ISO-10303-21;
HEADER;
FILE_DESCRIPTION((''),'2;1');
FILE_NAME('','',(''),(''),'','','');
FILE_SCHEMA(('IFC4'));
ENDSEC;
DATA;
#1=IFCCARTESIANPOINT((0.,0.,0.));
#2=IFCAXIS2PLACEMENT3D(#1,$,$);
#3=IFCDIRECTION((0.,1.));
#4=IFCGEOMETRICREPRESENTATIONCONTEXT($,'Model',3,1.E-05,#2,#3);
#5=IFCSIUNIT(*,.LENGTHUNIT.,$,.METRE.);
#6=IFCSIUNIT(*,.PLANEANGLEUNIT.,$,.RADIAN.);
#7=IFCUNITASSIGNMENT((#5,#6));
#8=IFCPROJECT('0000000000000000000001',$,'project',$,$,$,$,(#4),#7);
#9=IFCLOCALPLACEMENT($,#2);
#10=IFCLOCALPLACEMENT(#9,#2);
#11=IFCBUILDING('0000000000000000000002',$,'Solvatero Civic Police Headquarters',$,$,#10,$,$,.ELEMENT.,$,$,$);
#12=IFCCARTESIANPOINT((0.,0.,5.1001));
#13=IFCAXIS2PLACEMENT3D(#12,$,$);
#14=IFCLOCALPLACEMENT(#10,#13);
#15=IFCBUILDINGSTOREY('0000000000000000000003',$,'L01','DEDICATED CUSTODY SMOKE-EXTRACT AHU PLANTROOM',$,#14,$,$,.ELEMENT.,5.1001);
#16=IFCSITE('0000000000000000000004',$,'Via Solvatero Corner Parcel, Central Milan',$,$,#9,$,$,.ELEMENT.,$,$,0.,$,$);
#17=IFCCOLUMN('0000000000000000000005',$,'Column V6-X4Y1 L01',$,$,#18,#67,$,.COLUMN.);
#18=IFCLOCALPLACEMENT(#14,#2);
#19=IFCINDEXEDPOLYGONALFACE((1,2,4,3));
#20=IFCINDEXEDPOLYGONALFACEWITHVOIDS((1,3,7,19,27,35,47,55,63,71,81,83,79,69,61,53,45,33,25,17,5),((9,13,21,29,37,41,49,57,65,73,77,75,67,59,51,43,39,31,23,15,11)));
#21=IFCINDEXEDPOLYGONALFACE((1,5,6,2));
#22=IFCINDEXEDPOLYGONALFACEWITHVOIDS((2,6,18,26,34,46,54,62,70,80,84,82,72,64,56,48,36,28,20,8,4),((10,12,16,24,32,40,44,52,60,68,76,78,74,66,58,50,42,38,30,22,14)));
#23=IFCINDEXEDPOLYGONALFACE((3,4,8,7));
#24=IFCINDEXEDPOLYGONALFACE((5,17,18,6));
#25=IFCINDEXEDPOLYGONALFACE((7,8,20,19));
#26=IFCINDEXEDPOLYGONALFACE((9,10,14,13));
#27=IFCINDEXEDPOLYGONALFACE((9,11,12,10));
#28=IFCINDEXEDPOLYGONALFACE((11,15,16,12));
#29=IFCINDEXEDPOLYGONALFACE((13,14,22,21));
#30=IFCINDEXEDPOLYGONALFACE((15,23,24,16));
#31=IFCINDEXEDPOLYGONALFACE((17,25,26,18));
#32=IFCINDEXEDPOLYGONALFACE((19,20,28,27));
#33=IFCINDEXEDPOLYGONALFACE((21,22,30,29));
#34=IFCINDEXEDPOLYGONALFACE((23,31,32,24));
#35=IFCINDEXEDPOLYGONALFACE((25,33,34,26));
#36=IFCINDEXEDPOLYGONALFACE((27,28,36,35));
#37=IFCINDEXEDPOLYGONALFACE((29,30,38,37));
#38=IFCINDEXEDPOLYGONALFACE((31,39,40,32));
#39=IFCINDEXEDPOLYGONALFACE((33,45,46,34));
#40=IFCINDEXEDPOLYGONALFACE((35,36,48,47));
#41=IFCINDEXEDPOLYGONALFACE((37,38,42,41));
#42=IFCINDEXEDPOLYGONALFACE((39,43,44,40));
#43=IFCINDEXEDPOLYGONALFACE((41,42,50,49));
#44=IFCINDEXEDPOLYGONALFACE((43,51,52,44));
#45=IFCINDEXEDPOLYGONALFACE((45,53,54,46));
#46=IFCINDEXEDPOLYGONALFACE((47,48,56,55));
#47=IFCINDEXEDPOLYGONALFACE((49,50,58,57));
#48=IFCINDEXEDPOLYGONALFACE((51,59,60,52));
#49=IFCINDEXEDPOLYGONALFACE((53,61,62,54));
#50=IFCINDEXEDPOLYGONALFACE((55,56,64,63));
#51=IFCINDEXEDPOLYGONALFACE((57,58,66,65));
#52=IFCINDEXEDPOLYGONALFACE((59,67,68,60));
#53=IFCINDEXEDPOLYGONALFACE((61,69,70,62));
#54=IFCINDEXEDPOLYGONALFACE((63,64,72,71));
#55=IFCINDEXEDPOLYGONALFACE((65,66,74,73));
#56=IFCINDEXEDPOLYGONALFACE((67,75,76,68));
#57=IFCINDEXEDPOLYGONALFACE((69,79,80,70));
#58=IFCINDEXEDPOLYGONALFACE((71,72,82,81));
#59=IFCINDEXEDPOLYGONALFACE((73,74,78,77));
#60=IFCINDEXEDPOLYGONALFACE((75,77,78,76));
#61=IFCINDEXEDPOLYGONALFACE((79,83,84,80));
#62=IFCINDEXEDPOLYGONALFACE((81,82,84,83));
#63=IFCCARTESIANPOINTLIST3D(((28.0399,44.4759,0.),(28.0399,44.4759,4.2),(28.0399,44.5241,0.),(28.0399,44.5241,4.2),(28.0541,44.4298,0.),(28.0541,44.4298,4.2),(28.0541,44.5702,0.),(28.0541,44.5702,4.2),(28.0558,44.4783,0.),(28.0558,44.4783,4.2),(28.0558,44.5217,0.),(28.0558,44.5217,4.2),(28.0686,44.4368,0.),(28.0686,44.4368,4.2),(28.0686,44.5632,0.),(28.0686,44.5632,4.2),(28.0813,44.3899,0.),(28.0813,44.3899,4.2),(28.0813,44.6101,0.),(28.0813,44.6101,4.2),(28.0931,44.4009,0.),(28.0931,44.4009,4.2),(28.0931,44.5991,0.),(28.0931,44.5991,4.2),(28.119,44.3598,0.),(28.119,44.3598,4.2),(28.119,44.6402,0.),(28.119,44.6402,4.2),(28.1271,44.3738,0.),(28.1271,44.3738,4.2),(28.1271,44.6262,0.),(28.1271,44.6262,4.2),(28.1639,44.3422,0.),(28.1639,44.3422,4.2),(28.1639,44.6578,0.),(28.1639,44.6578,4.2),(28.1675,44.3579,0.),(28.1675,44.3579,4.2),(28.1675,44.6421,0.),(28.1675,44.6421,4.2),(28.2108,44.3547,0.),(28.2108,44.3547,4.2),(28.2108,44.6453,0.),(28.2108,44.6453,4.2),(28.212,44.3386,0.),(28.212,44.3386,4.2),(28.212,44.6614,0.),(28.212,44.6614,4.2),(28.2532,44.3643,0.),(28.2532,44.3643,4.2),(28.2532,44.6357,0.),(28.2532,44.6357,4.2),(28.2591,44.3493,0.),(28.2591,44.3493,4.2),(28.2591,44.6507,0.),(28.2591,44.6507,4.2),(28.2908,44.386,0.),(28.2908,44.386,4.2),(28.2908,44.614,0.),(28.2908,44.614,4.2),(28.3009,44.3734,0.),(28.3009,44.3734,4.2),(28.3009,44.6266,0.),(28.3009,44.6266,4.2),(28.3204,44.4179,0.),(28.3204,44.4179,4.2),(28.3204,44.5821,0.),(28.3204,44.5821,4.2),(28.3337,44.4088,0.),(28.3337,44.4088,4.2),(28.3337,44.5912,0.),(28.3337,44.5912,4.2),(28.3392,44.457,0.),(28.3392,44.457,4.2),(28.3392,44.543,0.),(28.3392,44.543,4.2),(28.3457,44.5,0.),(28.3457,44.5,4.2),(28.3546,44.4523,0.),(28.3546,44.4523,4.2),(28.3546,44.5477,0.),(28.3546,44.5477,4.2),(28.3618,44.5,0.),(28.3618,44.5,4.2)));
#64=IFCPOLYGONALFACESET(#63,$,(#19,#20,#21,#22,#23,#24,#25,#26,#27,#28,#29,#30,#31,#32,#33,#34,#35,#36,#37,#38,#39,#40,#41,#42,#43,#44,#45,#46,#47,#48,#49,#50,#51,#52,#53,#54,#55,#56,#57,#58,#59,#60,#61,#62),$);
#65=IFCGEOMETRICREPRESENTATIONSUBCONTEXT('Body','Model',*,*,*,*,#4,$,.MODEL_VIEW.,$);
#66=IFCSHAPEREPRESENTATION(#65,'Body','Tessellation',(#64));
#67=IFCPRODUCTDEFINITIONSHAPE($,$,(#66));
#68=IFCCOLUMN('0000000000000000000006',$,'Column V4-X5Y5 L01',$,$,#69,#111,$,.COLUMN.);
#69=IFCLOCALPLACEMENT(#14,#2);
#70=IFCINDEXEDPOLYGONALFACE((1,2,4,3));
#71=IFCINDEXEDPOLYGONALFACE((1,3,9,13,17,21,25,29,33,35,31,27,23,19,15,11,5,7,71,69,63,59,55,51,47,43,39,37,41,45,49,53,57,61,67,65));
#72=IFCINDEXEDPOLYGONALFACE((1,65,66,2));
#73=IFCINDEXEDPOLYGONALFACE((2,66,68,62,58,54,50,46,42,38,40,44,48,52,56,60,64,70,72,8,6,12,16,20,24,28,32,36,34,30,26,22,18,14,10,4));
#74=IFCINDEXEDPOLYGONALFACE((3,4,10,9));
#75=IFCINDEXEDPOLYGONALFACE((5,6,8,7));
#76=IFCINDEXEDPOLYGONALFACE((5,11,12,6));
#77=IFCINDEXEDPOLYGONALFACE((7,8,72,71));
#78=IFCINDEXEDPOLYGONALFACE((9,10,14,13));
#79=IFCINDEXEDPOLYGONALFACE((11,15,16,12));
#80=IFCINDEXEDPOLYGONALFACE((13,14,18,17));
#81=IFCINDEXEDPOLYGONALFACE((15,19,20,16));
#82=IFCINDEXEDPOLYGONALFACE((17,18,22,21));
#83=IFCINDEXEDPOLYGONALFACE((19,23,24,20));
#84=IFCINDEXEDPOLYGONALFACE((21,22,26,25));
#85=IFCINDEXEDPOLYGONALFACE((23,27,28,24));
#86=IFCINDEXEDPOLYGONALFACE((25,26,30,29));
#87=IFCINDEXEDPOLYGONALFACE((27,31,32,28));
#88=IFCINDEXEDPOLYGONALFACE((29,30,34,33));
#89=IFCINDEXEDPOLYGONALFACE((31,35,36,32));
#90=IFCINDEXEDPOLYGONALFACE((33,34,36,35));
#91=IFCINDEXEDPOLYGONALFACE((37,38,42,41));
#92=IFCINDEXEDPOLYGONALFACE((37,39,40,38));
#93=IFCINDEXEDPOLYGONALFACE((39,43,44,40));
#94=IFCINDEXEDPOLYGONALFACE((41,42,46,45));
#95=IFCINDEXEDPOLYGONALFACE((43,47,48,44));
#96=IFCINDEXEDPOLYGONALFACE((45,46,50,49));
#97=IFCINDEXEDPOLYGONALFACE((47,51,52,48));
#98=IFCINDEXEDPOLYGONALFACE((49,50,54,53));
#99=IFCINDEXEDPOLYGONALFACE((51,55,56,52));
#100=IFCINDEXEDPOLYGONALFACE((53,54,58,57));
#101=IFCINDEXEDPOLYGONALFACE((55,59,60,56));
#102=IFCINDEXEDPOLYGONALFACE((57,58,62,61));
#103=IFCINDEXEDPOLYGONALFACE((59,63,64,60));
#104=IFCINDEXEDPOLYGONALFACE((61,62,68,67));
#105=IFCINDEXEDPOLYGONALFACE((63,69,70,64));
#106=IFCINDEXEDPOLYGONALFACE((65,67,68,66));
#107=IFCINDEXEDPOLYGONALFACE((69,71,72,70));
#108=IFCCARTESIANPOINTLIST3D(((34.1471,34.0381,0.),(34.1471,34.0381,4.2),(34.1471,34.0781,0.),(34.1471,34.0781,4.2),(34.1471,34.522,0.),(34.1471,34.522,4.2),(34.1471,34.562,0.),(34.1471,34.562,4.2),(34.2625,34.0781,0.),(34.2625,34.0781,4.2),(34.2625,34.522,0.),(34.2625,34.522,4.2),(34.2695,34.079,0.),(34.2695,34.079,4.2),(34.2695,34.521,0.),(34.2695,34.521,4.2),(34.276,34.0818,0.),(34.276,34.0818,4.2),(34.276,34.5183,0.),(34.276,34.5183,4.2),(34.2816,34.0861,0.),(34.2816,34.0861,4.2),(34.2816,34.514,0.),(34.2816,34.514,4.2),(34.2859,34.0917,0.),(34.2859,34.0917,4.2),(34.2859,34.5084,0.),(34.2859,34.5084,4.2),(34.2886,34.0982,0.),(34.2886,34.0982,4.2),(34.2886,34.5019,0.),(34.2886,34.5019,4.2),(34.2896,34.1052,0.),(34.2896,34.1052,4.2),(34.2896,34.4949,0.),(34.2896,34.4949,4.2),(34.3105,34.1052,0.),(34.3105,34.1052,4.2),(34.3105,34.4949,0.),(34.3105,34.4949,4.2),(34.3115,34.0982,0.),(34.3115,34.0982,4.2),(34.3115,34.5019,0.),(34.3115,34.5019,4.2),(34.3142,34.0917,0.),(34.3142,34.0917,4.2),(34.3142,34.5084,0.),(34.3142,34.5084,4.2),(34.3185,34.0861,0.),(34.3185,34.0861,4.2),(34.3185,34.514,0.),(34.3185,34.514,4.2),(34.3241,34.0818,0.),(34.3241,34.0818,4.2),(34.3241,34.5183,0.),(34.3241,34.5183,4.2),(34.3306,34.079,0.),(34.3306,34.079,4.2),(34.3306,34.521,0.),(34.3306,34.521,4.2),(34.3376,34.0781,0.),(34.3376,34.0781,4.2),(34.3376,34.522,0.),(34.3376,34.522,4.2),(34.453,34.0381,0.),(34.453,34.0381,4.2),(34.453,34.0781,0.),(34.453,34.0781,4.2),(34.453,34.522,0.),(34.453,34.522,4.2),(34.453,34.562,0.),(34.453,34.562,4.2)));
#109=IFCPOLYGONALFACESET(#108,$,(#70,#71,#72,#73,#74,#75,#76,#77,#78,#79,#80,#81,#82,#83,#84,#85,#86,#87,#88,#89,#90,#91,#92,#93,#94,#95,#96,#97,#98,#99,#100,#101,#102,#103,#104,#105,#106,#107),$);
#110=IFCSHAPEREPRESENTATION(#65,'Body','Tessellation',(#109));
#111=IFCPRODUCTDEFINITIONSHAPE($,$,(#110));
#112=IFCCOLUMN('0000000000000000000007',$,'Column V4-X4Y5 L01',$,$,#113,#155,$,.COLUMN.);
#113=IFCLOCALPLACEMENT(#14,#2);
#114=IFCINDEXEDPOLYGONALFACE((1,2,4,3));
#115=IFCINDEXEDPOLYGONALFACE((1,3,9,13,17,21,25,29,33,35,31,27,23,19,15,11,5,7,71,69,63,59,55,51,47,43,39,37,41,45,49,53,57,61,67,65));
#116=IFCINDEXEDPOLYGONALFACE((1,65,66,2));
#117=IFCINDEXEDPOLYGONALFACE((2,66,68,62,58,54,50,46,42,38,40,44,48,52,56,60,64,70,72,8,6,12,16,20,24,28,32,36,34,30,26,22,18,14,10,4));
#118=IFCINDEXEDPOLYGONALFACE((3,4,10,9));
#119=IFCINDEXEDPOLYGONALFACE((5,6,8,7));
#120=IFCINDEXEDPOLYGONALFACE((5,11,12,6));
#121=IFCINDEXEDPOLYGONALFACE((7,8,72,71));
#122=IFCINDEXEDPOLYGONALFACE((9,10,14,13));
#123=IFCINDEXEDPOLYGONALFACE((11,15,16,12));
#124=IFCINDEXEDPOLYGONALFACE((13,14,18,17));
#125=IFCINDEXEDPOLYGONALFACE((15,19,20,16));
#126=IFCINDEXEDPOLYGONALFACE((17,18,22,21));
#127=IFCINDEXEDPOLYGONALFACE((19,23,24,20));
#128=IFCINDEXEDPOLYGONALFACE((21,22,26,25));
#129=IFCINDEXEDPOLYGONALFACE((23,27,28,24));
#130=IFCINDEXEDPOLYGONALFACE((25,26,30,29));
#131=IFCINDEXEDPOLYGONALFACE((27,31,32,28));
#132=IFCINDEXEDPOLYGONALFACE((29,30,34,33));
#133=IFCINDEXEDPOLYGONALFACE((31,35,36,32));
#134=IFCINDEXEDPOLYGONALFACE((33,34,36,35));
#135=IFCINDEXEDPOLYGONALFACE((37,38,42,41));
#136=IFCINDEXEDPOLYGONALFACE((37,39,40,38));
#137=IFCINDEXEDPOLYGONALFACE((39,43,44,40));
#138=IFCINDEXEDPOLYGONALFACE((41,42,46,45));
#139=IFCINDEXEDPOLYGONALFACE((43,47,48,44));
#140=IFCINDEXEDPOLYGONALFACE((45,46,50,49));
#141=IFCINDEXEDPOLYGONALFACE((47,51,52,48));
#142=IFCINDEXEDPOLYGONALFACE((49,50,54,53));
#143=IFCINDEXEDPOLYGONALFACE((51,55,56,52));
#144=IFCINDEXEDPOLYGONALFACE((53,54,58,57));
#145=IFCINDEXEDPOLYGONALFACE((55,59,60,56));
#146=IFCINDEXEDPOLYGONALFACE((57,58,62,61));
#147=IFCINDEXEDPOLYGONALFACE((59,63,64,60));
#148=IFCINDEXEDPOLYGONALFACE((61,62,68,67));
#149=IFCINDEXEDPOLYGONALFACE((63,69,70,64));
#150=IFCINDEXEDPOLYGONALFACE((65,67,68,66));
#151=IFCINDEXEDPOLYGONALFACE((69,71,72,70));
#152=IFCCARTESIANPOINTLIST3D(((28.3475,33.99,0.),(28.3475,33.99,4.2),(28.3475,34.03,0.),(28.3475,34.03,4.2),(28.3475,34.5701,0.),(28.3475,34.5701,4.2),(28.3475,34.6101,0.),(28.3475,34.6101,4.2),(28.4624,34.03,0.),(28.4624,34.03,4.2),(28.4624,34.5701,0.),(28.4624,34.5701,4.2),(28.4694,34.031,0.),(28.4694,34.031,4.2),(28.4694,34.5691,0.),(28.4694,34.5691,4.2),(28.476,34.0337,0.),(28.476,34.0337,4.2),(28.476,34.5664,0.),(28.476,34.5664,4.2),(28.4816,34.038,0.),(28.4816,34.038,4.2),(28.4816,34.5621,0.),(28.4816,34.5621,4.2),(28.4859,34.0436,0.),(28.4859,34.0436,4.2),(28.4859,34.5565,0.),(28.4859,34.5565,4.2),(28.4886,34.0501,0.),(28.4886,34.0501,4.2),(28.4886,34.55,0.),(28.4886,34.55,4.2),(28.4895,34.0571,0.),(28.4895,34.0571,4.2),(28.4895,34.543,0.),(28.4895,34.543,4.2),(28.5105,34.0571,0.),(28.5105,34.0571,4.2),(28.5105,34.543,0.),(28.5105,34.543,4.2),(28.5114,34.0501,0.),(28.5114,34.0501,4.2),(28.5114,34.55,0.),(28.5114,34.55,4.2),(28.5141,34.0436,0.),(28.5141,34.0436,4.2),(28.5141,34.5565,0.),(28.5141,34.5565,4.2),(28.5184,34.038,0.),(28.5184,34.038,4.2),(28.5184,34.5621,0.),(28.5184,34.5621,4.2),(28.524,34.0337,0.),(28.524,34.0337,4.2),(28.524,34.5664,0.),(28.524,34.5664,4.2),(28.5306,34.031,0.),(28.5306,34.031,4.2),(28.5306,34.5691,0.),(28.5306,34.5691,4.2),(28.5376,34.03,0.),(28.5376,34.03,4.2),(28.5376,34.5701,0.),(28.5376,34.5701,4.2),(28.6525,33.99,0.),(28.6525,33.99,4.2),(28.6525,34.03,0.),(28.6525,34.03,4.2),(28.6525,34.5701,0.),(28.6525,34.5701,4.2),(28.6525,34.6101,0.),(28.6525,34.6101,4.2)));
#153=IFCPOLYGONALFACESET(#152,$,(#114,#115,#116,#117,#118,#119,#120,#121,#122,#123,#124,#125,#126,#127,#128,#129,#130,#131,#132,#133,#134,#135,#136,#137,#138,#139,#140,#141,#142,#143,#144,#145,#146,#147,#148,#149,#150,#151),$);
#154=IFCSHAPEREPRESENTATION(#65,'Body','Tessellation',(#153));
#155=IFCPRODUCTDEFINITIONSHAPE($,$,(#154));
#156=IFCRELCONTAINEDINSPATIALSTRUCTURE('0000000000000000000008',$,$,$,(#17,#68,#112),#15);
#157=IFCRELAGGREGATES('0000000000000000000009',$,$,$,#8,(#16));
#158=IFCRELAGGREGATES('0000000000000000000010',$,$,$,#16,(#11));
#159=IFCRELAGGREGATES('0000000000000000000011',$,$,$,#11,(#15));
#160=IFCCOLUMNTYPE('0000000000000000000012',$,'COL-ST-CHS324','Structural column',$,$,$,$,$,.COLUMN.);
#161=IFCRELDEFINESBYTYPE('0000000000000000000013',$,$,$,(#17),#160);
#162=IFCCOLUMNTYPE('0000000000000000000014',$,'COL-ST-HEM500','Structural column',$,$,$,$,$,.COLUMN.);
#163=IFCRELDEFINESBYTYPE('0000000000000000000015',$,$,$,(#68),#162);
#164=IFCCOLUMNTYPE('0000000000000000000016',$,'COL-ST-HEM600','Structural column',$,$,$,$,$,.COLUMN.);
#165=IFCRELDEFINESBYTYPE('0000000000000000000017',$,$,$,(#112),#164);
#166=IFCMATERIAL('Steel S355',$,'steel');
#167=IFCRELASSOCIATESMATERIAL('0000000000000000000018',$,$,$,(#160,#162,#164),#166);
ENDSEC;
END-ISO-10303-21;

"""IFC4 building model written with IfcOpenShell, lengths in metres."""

from ifc_helpers import new_model, si_unit, direction, frame, origin, origin_2d, place, context, subcontext, project, spatial, hollow_circle, i_section, extrude, material, material_profile, profile_set, type_object, element, save


model = new_model("IFC4")

# Units and contexts
model_context = context("Model", 3, precision=1e-05, world=origin(), true_north=direction((0.0, 1.0)))
body_context = subcontext(model_context, "Body", "Model", "MODEL_VIEW")
ifc_project = project(units=[si_unit("LENGTHUNIT", "METRE"), si_unit("PLANEANGLEUNIT", "RADIAN")], contexts=[model_context])

# Site, building, storey
site_placement = place(None, origin())
site = spatial("IfcSite", under=ifc_project, at=site_placement, Name="Via Solvatero Corner Parcel, Central Milan", CompositionType="ELEMENT", RefElevation=0.0)
building_placement = place(site_placement, origin())
building = spatial("IfcBuilding", under=site, at=building_placement, Name="Solvatero Civic Police Headquarters", CompositionType="ELEMENT")
storey_placement = place(building_placement, frame((0.0, 0.0, 5.1001)))
storey = spatial("IfcBuildingStorey", under=building, at=storey_placement, Name="L01", Description="DEDICATED CUSTODY SMOKE-EXTRACT AHU PLANTROOM", CompositionType="ELEMENT", Elevation=5.1001)

# Columns
ifc_material_1 = material(Name="Steel S355", Category="steel")
ifc_material_profile_1 = material_profile(ifc_material_1, hollow_circle(Radius=0.1619, WallThickness=0.0161, at=origin_2d()), Name="CHS 323.9x16.0")
ifc_profile_set_1 = profile_set([ifc_material_profile_1], Name="Steel S355")
column_type_1 = type_object("IfcColumnType", Name="COL-ST-CHS324", Description="Structural column", PredefinedType="COLUMN", material=ifc_profile_set_1)
column_1_placement = place(storey_placement, frame((28.2, 44.5, 0.0), z_axis=(0.0, 0.0, 1.0), x_axis=(1.0, 0.0, 0.0)))
element("IfcColumn", 1, at=column_1_placement, inside=storey, type_object=column_type_1, Name="Column V6-X4Y1 L01", PredefinedType="COLUMN", context=body_context, shape_type="SweptSolid", body=[
    extrude(hollow_circle(Radius=0.1619, WallThickness=0.0161, at=origin_2d()), origin(), (0.0, 0.0, 1.0), 4.2),
])
ifc_material_profile_2 = material_profile(ifc_material_1, i_section(OverallWidth=0.3059, OverallDepth=0.5239, WebThickness=0.021, FlangeThickness=0.04, FilletRadius=0.0271, at=origin_2d()), Name="HEM 500")
ifc_profile_set_2 = profile_set([ifc_material_profile_2], Name="Steel S355")
column_type_2 = type_object("IfcColumnType", Name="COL-ST-HEM500", Description="Structural column", PredefinedType="COLUMN", material=ifc_profile_set_2)
column_2_placement = place(storey_placement, frame((34.3, 34.3, 0.0), z_axis=(0.0, 0.0, 1.0), x_axis=(1.0, 0.0, 0.0)))
element("IfcColumn", 2, at=column_2_placement, inside=storey, type_object=column_type_2, Name="Column V4-X5Y5 L01", PredefinedType="COLUMN", context=body_context, shape_type="SweptSolid", body=[
    extrude(i_section(OverallWidth=0.3059, OverallDepth=0.5239, WebThickness=0.021, FlangeThickness=0.04, FilletRadius=0.0271, at=origin_2d()), origin(), (0.0, 0.0, 1.0), 4.2),
])
ifc_material_profile_3 = material_profile(ifc_material_1, i_section(OverallWidth=0.3049, OverallDepth=0.6201, WebThickness=0.021, FlangeThickness=0.04, FilletRadius=0.0271, at=origin_2d()), Name="HEM 600")
ifc_profile_set_3 = profile_set([ifc_material_profile_3], Name="Steel S355")
column_type_3 = type_object("IfcColumnType", Name="COL-ST-HEM600", Description="Structural column", PredefinedType="COLUMN", material=ifc_profile_set_3)
column_3_placement = place(storey_placement, frame((28.5, 34.3, 0.0), z_axis=(0.0, 0.0, 1.0), x_axis=(1.0, 0.0, 0.0)))
element("IfcColumn", 3, at=column_3_placement, inside=storey, type_object=column_type_3, Name="Column V4-X4Y5 L01", PredefinedType="COLUMN", context=body_context, shape_type="SweptSolid", body=[
    extrude(i_section(OverallWidth=0.3049, OverallDepth=0.6201, WebThickness=0.021, FlangeThickness=0.04, FilletRadius=0.0271, at=origin_2d()), origin(), (0.0, 0.0, 1.0), 4.2),
])

save(model, "model.ifc")
